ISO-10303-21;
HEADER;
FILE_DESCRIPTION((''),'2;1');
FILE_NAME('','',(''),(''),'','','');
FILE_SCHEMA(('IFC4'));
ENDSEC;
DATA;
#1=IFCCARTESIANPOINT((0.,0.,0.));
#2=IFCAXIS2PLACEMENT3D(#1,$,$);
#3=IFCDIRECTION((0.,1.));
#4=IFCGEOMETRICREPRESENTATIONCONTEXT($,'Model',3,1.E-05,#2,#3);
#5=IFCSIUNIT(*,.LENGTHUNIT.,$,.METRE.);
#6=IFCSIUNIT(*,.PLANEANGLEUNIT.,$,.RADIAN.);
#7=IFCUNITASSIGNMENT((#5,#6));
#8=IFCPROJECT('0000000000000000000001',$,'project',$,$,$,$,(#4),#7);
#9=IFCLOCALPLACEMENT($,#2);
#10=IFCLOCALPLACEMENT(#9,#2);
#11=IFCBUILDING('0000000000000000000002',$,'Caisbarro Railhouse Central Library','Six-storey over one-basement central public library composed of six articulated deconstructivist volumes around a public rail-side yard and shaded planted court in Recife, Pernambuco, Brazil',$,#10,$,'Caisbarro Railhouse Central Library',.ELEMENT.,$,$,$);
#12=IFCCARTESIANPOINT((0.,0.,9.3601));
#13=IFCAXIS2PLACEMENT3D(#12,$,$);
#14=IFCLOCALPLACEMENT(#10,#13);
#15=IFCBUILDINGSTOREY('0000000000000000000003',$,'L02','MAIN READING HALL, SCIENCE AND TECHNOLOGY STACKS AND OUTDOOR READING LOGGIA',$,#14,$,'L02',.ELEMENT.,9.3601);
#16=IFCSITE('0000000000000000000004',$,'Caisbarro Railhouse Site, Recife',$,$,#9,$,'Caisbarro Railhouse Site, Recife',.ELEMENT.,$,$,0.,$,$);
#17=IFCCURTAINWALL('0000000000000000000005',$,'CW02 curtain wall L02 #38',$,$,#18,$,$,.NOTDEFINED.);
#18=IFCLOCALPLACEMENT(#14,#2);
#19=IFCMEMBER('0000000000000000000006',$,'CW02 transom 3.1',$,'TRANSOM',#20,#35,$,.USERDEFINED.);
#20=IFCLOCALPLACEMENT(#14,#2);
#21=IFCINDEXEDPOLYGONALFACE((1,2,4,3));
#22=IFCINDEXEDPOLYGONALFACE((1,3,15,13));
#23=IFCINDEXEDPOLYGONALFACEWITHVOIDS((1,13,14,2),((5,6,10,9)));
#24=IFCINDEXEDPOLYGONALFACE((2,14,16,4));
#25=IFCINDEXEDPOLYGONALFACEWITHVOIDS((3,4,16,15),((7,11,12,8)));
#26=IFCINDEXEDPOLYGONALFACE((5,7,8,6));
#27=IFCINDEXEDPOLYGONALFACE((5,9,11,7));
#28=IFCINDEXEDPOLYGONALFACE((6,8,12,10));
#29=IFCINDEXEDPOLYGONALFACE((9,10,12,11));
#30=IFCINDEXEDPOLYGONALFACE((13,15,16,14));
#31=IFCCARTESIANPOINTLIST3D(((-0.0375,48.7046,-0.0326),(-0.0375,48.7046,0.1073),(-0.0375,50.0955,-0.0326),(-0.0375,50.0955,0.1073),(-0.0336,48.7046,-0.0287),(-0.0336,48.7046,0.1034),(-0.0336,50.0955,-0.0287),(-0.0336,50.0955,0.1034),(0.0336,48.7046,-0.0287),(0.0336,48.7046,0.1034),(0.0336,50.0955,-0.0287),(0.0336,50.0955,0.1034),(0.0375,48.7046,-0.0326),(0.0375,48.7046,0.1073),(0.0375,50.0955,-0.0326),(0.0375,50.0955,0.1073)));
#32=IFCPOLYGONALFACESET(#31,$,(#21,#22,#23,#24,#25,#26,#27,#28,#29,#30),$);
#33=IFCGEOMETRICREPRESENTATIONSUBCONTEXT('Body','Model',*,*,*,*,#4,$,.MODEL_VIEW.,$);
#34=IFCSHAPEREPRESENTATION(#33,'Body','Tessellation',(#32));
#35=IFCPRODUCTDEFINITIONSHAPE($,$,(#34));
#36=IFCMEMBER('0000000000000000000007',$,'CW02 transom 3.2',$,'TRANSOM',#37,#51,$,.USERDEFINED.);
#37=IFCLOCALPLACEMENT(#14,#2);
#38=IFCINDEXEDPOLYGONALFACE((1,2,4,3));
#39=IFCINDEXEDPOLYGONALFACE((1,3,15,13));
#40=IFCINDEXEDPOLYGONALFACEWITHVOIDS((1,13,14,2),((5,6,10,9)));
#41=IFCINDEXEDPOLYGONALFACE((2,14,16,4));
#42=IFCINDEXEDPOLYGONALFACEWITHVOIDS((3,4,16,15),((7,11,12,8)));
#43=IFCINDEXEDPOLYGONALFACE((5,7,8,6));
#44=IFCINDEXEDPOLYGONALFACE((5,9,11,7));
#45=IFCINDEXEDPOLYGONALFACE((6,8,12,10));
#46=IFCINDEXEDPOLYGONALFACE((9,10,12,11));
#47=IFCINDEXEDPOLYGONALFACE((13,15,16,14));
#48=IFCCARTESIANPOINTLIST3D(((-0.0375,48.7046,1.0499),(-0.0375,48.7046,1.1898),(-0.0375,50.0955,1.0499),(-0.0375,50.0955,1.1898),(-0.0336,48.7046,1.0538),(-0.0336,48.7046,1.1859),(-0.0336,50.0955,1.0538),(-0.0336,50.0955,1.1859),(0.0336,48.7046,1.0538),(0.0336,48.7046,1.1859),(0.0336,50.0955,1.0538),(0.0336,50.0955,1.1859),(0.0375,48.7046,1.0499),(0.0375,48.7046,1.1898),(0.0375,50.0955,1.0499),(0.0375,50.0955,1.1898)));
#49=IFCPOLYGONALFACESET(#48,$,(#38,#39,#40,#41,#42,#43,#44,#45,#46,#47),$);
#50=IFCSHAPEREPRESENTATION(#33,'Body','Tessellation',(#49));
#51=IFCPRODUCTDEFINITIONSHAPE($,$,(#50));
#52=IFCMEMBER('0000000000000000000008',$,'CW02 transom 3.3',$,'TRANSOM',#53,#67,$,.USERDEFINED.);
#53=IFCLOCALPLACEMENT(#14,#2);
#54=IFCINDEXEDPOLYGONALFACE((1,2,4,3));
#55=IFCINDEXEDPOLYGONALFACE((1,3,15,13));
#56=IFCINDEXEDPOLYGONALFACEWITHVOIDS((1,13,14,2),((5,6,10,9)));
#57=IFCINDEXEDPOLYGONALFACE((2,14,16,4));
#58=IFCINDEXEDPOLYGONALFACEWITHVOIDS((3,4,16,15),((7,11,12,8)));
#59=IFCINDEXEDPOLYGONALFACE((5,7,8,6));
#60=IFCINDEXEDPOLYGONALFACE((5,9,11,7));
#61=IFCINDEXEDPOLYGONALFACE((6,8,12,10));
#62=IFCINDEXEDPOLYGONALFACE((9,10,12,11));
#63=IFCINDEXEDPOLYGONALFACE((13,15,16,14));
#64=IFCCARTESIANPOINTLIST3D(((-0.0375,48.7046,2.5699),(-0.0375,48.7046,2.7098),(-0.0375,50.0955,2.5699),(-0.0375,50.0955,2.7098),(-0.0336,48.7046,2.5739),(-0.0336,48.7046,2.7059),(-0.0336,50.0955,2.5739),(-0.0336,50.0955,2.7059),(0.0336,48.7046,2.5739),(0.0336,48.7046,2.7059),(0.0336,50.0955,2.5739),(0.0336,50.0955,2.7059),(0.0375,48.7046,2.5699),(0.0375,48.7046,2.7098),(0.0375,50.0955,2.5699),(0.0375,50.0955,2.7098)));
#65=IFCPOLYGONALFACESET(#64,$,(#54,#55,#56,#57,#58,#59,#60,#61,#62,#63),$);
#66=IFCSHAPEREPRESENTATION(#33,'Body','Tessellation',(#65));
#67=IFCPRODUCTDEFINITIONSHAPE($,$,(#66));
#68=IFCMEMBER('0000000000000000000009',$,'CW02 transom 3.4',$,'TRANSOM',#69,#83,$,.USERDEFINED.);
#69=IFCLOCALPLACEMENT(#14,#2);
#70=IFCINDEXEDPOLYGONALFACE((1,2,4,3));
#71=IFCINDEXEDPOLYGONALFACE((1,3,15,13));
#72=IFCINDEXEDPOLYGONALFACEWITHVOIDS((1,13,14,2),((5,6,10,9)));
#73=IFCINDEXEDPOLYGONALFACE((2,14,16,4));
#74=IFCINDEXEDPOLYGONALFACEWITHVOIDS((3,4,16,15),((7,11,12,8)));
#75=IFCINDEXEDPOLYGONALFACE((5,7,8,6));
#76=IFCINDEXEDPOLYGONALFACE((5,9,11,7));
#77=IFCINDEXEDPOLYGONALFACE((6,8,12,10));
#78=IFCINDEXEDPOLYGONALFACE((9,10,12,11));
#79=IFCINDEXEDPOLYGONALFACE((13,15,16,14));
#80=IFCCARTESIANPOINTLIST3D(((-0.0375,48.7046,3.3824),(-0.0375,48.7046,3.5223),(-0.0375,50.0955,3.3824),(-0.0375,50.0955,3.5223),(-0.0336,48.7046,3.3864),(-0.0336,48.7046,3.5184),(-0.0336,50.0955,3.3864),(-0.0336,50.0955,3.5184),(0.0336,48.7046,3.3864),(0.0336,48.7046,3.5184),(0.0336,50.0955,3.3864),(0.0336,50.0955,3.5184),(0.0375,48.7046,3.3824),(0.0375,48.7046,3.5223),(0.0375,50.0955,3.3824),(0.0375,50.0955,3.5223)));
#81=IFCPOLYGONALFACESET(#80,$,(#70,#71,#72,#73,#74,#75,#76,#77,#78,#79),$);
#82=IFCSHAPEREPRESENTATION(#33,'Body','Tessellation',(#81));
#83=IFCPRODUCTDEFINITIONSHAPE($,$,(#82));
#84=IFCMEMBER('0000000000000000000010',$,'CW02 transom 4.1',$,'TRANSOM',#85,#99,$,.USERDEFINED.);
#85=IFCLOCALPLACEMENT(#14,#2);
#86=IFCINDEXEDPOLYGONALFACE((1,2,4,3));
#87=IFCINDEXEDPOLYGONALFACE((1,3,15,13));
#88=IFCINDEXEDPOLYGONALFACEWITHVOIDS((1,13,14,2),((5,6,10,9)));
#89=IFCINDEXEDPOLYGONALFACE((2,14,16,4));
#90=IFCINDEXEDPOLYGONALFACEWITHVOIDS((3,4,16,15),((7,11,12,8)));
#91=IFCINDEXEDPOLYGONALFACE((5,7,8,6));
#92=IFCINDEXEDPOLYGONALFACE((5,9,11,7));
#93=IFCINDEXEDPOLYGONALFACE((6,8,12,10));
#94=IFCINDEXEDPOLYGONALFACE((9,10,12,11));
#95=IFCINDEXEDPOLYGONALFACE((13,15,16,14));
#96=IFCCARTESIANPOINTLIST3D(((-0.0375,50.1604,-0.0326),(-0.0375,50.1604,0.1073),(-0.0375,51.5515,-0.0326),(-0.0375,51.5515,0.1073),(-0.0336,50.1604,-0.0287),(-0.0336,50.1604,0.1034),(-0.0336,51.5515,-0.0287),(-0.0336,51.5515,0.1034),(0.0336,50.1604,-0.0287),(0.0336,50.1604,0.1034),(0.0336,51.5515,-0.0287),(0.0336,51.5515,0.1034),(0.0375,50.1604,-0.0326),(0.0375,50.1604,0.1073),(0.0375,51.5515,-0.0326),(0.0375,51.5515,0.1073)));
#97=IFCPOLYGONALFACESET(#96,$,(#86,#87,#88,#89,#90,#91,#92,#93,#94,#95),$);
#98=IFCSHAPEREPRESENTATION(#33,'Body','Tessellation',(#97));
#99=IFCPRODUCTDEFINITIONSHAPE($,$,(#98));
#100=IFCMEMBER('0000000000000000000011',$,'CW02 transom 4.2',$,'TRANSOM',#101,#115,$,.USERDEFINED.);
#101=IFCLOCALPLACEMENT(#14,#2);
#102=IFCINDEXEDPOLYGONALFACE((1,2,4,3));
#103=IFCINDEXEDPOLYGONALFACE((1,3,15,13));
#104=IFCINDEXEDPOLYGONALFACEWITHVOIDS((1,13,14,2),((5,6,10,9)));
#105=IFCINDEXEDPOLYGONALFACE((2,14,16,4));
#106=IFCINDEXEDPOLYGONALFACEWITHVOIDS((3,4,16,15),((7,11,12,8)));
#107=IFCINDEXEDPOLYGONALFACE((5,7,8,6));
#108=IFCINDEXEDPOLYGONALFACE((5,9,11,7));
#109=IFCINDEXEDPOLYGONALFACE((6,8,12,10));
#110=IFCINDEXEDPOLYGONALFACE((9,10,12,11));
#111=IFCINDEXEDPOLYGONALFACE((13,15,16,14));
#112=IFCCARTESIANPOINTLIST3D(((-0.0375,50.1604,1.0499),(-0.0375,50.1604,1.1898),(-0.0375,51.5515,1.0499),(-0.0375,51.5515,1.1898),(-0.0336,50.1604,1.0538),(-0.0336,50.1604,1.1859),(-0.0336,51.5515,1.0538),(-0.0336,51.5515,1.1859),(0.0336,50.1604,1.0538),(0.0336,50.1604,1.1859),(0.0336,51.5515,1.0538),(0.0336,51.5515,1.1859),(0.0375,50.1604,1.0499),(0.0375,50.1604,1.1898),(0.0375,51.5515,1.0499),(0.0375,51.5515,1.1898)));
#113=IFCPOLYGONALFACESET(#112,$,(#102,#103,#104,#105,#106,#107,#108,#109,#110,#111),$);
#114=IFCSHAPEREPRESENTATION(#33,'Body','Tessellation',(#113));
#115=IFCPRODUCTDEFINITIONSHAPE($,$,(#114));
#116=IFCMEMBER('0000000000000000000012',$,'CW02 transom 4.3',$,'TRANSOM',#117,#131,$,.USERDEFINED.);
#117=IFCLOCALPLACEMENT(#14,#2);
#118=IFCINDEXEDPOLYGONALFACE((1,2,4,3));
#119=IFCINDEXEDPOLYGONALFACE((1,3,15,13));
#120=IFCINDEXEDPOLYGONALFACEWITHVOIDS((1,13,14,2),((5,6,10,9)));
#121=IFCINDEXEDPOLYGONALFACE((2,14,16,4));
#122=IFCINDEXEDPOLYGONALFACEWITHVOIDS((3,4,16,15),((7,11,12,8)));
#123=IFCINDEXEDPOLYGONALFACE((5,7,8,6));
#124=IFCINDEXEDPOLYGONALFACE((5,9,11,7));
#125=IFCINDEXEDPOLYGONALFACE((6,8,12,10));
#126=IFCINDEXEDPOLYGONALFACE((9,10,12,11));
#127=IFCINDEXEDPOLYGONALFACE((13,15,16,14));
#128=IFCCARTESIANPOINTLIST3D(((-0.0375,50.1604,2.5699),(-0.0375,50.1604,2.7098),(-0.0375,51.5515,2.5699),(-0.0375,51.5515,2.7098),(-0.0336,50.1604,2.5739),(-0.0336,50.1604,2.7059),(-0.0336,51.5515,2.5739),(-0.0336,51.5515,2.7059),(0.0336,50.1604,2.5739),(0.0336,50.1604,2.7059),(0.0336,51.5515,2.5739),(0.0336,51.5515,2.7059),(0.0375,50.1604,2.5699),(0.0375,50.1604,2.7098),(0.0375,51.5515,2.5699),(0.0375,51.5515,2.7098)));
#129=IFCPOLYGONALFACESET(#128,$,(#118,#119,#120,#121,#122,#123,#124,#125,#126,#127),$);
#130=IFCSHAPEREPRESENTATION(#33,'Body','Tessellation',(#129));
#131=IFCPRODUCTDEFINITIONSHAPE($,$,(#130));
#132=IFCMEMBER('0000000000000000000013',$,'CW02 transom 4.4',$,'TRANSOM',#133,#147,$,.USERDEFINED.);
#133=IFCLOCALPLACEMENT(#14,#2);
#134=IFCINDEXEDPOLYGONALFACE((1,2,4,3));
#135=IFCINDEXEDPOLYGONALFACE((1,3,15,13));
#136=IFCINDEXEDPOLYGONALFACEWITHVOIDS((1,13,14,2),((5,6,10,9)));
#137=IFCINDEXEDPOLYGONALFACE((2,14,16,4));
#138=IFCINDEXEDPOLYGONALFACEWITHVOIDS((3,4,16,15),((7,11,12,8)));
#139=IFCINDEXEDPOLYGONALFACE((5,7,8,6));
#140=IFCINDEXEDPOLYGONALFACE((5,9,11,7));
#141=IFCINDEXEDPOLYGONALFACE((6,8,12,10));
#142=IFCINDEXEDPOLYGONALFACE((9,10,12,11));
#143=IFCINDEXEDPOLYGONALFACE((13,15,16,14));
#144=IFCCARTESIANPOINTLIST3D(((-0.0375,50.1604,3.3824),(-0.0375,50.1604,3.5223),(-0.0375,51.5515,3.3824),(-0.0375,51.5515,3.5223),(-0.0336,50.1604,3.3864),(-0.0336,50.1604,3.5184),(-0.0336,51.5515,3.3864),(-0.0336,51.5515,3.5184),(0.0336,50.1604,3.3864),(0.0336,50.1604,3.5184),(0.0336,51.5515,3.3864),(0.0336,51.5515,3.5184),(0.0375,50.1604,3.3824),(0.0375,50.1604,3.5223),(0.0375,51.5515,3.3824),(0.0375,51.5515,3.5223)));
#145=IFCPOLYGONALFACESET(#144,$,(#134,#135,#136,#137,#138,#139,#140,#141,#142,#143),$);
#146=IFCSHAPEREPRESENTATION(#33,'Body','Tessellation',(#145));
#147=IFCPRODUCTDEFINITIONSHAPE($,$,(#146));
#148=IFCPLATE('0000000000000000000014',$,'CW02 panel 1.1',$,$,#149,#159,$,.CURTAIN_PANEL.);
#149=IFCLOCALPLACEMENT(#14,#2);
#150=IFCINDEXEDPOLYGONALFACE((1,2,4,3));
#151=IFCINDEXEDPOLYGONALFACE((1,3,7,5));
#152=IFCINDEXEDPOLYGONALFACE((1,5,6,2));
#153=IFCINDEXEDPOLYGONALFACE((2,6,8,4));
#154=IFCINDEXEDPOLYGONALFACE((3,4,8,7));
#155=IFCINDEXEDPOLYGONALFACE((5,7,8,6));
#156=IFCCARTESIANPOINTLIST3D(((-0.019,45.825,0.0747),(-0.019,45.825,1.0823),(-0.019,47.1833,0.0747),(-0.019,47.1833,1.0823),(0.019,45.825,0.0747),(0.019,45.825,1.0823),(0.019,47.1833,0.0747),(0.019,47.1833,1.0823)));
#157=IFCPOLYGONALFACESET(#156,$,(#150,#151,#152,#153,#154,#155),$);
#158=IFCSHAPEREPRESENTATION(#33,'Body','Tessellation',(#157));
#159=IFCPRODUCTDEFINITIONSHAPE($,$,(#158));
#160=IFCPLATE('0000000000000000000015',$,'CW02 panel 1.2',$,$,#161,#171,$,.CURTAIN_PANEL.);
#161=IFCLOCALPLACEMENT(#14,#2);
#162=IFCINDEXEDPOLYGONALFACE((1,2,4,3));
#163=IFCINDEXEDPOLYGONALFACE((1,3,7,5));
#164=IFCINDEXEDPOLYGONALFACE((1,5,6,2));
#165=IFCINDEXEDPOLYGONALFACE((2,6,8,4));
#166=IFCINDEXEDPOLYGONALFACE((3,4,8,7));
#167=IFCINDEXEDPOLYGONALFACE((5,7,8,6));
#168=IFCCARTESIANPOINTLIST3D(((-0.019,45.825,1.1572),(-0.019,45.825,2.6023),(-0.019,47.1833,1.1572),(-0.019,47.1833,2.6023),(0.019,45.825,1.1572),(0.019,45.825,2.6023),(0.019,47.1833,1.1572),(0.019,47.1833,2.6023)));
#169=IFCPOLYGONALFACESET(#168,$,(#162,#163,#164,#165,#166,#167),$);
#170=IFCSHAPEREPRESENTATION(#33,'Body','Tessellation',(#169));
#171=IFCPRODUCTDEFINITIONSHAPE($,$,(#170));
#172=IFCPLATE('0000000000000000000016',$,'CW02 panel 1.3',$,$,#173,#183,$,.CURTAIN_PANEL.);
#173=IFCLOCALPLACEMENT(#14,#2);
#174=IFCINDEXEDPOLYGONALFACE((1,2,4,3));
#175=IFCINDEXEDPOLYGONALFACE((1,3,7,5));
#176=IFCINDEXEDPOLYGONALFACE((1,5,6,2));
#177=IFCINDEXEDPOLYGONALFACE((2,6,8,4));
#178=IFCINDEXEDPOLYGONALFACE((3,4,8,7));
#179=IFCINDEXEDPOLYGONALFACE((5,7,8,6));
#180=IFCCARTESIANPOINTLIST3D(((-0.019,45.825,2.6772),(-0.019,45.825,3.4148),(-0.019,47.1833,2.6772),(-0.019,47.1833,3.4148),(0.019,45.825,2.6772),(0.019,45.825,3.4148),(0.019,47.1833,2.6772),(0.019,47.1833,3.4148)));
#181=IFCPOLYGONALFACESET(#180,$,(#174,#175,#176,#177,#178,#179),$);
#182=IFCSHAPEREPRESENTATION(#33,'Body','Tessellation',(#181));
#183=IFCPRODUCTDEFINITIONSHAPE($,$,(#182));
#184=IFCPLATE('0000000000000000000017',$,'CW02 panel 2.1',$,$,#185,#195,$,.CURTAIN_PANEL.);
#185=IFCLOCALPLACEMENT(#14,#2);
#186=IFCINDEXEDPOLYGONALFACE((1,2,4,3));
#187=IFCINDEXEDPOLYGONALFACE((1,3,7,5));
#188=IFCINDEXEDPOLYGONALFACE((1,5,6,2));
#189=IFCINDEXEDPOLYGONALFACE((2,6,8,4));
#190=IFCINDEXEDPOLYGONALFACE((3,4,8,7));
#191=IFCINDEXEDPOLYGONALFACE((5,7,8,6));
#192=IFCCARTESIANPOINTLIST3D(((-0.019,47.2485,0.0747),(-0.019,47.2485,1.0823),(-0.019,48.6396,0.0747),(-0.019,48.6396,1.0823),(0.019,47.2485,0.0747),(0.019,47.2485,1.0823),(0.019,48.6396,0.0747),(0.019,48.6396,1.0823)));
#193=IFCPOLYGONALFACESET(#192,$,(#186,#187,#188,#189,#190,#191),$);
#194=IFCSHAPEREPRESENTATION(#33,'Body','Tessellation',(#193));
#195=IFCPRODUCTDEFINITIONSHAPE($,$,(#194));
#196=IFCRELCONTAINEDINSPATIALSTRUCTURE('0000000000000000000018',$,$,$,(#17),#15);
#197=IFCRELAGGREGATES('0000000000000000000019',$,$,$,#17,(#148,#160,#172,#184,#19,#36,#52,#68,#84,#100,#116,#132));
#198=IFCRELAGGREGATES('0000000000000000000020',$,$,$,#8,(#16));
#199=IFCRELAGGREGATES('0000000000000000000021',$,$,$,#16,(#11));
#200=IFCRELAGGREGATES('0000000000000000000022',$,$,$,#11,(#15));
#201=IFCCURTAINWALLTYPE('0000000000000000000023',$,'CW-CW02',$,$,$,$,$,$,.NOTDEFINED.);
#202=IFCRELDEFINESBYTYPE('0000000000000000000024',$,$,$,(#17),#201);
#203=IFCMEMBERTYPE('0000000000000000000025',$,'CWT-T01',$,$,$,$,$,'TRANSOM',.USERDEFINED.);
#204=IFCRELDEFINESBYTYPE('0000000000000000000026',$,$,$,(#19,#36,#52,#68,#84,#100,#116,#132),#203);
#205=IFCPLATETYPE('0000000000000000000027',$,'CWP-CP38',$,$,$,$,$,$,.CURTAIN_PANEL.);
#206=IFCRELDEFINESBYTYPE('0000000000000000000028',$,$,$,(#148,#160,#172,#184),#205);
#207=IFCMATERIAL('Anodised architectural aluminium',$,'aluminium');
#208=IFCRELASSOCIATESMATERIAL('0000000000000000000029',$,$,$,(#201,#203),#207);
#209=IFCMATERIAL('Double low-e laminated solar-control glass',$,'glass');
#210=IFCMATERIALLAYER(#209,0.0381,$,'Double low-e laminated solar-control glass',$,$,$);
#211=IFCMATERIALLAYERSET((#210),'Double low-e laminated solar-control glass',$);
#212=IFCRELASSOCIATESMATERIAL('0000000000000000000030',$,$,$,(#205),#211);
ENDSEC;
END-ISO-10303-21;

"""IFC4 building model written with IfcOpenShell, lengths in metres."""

from ifc_helpers import new_model, si_unit, direction, frame, origin, origin_2d, place, context, subcontext, project, spatial, rectangle, hollow_rectangle, extrude, material, layer, layer_set, material_profile, profile_set, type_object, element, aggregate, save


model = new_model("IFC4")

# Units and contexts
model_context = context("Model", 3, precision=1e-05, world=origin(), true_north=direction((0.0, 1.0)))
body_context = subcontext(model_context, "Body", "Model", "MODEL_VIEW")
ifc_project = project(units=[si_unit("LENGTHUNIT", "METRE"), si_unit("PLANEANGLEUNIT", "RADIAN")], contexts=[model_context])

# Site, building, storey
site_placement = place(None, origin())
site = spatial("IfcSite", under=ifc_project, at=site_placement, Name="Caisbarro Railhouse Site, Recife", LongName="Caisbarro Railhouse Site, Recife", CompositionType="ELEMENT", RefElevation=0.0)
building_placement = place(site_placement, origin())
building = spatial("IfcBuilding", under=site, at=building_placement, Name="Caisbarro Railhouse Central Library", Description="Six-storey over one-basement central public library composed of six articulated deconstructivist volumes around a public rail-side yard and shaded planted court in Recife, Pernambuco, Brazil", LongName="Caisbarro Railhouse Central Library", CompositionType="ELEMENT")
storey_placement = place(building_placement, frame((0.0, 0.0, 9.3601)))
storey = spatial("IfcBuildingStorey", under=building, at=storey_placement, Name="L02", Description="MAIN READING HALL, SCIENCE AND TECHNOLOGY STACKS AND OUTDOOR READING LOGGIA", LongName="L02", CompositionType="ELEMENT", Elevation=9.3601)

# Curtain wall, members, plates
ifc_material_1 = material(Name="Anodised architectural aluminium", Category="aluminium")
curtain_wall_type = type_object("IfcCurtainWallType", Name="CW-CW02", PredefinedType="NOTDEFINED", material=ifc_material_1)
curtain_wall_placement = place(storey_placement, origin())
curtain_wall = element("IfcCurtainWall", 1, at=curtain_wall_placement, inside=storey, type_object=curtain_wall_type, Name="CW02 curtain wall L02 #38", PredefinedType="NOTDEFINED")
ifc_material_profile_1 = material_profile(ifc_material_1, hollow_rectangle(XDim=0.075, YDim=0.1399, WallThickness=0.0039, at=origin_2d()), Name="ALU-TRN-75X140")
ifc_profile_set_1 = profile_set([ifc_material_profile_1], Name="Anodised architectural aluminium")
member_type_1 = type_object("IfcMemberType", Name="CWT-T01", ElementType="TRANSOM", PredefinedType="USERDEFINED", material=ifc_profile_set_1)
member_1_placement = place(storey_placement, frame((0.0, 48.7046, 0.0374), z_axis=(0.0, 1.0, 0.0), x_axis=(-1.0, 0.0, 0.0)))
member_1 = element("IfcMember", 2, at=member_1_placement, type_object=member_type_1, Name="CW02 transom 3.1", ObjectType="TRANSOM", PredefinedType="USERDEFINED", context=body_context, shape_type="SweptSolid", body=[
    extrude(hollow_rectangle(XDim=0.075, YDim=0.1399, WallThickness=0.0039, at=origin_2d()), origin(), (0.0, 0.0, 1.0), 1.3909),
])
member_2_placement = place(storey_placement, frame((0.0, 48.7046, 1.1199), z_axis=(0.0, 1.0, 0.0), x_axis=(-1.0, 0.0, 0.0)))
member_2 = element("IfcMember", 3, at=member_2_placement, type_object=member_type_1, Name="CW02 transom 3.2", ObjectType="TRANSOM", PredefinedType="USERDEFINED", context=body_context, shape_type="SweptSolid", body=[
    extrude(hollow_rectangle(XDim=0.075, YDim=0.1399, WallThickness=0.0039, at=origin_2d()), origin(), (0.0, 0.0, 1.0), 1.3909),
])
member_3_placement = place(storey_placement, frame((0.0, 48.7046, 2.6399), z_axis=(0.0, 1.0, 0.0), x_axis=(-1.0, 0.0, 0.0)))
member_3 = element("IfcMember", 4, at=member_3_placement, type_object=member_type_1, Name="CW02 transom 3.3", ObjectType="TRANSOM", PredefinedType="USERDEFINED", context=body_context, shape_type="SweptSolid", body=[
    extrude(hollow_rectangle(XDim=0.075, YDim=0.1399, WallThickness=0.0039, at=origin_2d()), origin(), (0.0, 0.0, 1.0), 1.3909),
])
member_4_placement = place(storey_placement, frame((0.0, 48.7046, 3.4524), z_axis=(0.0, 1.0, 0.0), x_axis=(-1.0, 0.0, 0.0)))
member_4 = element("IfcMember", 5, at=member_4_placement, type_object=member_type_1, Name="CW02 transom 3.4", ObjectType="TRANSOM", PredefinedType="USERDEFINED", context=body_context, shape_type="SweptSolid", body=[
    extrude(hollow_rectangle(XDim=0.075, YDim=0.1399, WallThickness=0.0039, at=origin_2d()), origin(), (0.0, 0.0, 1.0), 1.3909),
])
member_5_placement = place(storey_placement, frame((0.0, 50.1604, 0.0374), z_axis=(0.0, 1.0, 0.0), x_axis=(-1.0, 0.0, 0.0)))
member_5 = element("IfcMember", 6, at=member_5_placement, type_object=member_type_1, Name="CW02 transom 4.1", ObjectType="TRANSOM", PredefinedType="USERDEFINED", context=body_context, shape_type="SweptSolid", body=[
    extrude(hollow_rectangle(XDim=0.075, YDim=0.1399, WallThickness=0.0039, at=origin_2d()), origin(), (0.0, 0.0, 1.0), 1.3911),
])
member_6_placement = place(storey_placement, frame((0.0, 50.1604, 1.1199), z_axis=(0.0, 1.0, 0.0), x_axis=(-1.0, 0.0, 0.0)))
member_6 = element("IfcMember", 7, at=member_6_placement, type_object=member_type_1, Name="CW02 transom 4.2", ObjectType="TRANSOM", PredefinedType="USERDEFINED", context=body_context, shape_type="SweptSolid", body=[
    extrude(hollow_rectangle(XDim=0.075, YDim=0.1399, WallThickness=0.0039, at=origin_2d()), origin(), (0.0, 0.0, 1.0), 1.3911),
])
member_7_placement = place(storey_placement, frame((0.0, 50.1604, 2.6399), z_axis=(0.0, 1.0, 0.0), x_axis=(-1.0, 0.0, 0.0)))
member_7 = element("IfcMember", 8, at=member_7_placement, type_object=member_type_1, Name="CW02 transom 4.3", ObjectType="TRANSOM", PredefinedType="USERDEFINED", context=body_context, shape_type="SweptSolid", body=[
    extrude(hollow_rectangle(XDim=0.075, YDim=0.1399, WallThickness=0.0039, at=origin_2d()), origin(), (0.0, 0.0, 1.0), 1.3911),
])
member_8_placement = place(storey_placement, frame((0.0, 50.1604, 3.4524), z_axis=(0.0, 1.0, 0.0), x_axis=(-1.0, 0.0, 0.0)))
member_8 = element("IfcMember", 9, at=member_8_placement, type_object=member_type_1, Name="CW02 transom 4.4", ObjectType="TRANSOM", PredefinedType="USERDEFINED", context=body_context, shape_type="SweptSolid", body=[
    extrude(hollow_rectangle(XDim=0.075, YDim=0.1399, WallThickness=0.0039, at=origin_2d()), origin(), (0.0, 0.0, 1.0), 1.3911),
])
ifc_material_2 = material(Name="Double low-e laminated solar-control glass", Category="glass")
ifc_layer = layer(ifc_material_2, 0.0381, Name="Double low-e laminated solar-control glass")
ifc_layer_set = layer_set([ifc_layer], Name="Double low-e laminated solar-control glass")
plate_type = type_object("IfcPlateType", Name="CWP-CP38", PredefinedType="CURTAIN_PANEL", material=ifc_layer_set)
plate_1_placement = place(storey_placement, frame((0.0, 46.5042, 0.0747), z_axis=(0.0, 0.0, 1.0), x_axis=(0.0, 1.0, 0.0)))
plate_1 = element("IfcPlate", 10, at=plate_1_placement, type_object=plate_type, Name="CW02 panel 1.1", PredefinedType="CURTAIN_PANEL", context=body_context, shape_type="SweptSolid", body=[
    extrude(rectangle(XDim=1.3584, YDim=0.0381, at=origin_2d()), origin(), (0.0, 0.0, 1.0), 1.0076),
])
plate_2_placement = place(storey_placement, frame((0.0, 46.5042, 1.1572), z_axis=(0.0, 0.0, 1.0), x_axis=(0.0, 1.0, 0.0)))
plate_2 = element("IfcPlate", 11, at=plate_2_placement, type_object=plate_type, Name="CW02 panel 1.2", PredefinedType="CURTAIN_PANEL", context=body_context, shape_type="SweptSolid", body=[
    extrude(rectangle(XDim=1.3584, YDim=0.0381, at=origin_2d()), origin(), (0.0, 0.0, 1.0), 1.4451),
])
plate_3_placement = place(storey_placement, frame((0.0, 46.5042, 2.6772), z_axis=(0.0, 0.0, 1.0), x_axis=(0.0, 1.0, 0.0)))
plate_3 = element("IfcPlate", 12, at=plate_3_placement, type_object=plate_type, Name="CW02 panel 1.3", PredefinedType="CURTAIN_PANEL", context=body_context, shape_type="SweptSolid", body=[
    extrude(rectangle(XDim=1.3584, YDim=0.0381, at=origin_2d()), origin(), (0.0, 0.0, 1.0), 0.7375),
])
plate_4_placement = place(storey_placement, frame((0.0, 47.9441, 0.0747), z_axis=(0.0, 0.0, 1.0), x_axis=(0.0, 1.0, 0.0)))
plate_4 = element("IfcPlate", 13, at=plate_4_placement, type_object=plate_type, Name="CW02 panel 2.1", PredefinedType="CURTAIN_PANEL", context=body_context, shape_type="SweptSolid", body=[
    extrude(rectangle(XDim=1.3911, YDim=0.0381, at=origin_2d()), origin(), (0.0, 0.0, 1.0), 1.0076),
])
aggregate(curtain_wall, [plate_1, plate_2, plate_3, plate_4, member_1, member_2, member_3, member_4, member_5, member_6, member_7, member_8])

save(model, "model.ifc")
